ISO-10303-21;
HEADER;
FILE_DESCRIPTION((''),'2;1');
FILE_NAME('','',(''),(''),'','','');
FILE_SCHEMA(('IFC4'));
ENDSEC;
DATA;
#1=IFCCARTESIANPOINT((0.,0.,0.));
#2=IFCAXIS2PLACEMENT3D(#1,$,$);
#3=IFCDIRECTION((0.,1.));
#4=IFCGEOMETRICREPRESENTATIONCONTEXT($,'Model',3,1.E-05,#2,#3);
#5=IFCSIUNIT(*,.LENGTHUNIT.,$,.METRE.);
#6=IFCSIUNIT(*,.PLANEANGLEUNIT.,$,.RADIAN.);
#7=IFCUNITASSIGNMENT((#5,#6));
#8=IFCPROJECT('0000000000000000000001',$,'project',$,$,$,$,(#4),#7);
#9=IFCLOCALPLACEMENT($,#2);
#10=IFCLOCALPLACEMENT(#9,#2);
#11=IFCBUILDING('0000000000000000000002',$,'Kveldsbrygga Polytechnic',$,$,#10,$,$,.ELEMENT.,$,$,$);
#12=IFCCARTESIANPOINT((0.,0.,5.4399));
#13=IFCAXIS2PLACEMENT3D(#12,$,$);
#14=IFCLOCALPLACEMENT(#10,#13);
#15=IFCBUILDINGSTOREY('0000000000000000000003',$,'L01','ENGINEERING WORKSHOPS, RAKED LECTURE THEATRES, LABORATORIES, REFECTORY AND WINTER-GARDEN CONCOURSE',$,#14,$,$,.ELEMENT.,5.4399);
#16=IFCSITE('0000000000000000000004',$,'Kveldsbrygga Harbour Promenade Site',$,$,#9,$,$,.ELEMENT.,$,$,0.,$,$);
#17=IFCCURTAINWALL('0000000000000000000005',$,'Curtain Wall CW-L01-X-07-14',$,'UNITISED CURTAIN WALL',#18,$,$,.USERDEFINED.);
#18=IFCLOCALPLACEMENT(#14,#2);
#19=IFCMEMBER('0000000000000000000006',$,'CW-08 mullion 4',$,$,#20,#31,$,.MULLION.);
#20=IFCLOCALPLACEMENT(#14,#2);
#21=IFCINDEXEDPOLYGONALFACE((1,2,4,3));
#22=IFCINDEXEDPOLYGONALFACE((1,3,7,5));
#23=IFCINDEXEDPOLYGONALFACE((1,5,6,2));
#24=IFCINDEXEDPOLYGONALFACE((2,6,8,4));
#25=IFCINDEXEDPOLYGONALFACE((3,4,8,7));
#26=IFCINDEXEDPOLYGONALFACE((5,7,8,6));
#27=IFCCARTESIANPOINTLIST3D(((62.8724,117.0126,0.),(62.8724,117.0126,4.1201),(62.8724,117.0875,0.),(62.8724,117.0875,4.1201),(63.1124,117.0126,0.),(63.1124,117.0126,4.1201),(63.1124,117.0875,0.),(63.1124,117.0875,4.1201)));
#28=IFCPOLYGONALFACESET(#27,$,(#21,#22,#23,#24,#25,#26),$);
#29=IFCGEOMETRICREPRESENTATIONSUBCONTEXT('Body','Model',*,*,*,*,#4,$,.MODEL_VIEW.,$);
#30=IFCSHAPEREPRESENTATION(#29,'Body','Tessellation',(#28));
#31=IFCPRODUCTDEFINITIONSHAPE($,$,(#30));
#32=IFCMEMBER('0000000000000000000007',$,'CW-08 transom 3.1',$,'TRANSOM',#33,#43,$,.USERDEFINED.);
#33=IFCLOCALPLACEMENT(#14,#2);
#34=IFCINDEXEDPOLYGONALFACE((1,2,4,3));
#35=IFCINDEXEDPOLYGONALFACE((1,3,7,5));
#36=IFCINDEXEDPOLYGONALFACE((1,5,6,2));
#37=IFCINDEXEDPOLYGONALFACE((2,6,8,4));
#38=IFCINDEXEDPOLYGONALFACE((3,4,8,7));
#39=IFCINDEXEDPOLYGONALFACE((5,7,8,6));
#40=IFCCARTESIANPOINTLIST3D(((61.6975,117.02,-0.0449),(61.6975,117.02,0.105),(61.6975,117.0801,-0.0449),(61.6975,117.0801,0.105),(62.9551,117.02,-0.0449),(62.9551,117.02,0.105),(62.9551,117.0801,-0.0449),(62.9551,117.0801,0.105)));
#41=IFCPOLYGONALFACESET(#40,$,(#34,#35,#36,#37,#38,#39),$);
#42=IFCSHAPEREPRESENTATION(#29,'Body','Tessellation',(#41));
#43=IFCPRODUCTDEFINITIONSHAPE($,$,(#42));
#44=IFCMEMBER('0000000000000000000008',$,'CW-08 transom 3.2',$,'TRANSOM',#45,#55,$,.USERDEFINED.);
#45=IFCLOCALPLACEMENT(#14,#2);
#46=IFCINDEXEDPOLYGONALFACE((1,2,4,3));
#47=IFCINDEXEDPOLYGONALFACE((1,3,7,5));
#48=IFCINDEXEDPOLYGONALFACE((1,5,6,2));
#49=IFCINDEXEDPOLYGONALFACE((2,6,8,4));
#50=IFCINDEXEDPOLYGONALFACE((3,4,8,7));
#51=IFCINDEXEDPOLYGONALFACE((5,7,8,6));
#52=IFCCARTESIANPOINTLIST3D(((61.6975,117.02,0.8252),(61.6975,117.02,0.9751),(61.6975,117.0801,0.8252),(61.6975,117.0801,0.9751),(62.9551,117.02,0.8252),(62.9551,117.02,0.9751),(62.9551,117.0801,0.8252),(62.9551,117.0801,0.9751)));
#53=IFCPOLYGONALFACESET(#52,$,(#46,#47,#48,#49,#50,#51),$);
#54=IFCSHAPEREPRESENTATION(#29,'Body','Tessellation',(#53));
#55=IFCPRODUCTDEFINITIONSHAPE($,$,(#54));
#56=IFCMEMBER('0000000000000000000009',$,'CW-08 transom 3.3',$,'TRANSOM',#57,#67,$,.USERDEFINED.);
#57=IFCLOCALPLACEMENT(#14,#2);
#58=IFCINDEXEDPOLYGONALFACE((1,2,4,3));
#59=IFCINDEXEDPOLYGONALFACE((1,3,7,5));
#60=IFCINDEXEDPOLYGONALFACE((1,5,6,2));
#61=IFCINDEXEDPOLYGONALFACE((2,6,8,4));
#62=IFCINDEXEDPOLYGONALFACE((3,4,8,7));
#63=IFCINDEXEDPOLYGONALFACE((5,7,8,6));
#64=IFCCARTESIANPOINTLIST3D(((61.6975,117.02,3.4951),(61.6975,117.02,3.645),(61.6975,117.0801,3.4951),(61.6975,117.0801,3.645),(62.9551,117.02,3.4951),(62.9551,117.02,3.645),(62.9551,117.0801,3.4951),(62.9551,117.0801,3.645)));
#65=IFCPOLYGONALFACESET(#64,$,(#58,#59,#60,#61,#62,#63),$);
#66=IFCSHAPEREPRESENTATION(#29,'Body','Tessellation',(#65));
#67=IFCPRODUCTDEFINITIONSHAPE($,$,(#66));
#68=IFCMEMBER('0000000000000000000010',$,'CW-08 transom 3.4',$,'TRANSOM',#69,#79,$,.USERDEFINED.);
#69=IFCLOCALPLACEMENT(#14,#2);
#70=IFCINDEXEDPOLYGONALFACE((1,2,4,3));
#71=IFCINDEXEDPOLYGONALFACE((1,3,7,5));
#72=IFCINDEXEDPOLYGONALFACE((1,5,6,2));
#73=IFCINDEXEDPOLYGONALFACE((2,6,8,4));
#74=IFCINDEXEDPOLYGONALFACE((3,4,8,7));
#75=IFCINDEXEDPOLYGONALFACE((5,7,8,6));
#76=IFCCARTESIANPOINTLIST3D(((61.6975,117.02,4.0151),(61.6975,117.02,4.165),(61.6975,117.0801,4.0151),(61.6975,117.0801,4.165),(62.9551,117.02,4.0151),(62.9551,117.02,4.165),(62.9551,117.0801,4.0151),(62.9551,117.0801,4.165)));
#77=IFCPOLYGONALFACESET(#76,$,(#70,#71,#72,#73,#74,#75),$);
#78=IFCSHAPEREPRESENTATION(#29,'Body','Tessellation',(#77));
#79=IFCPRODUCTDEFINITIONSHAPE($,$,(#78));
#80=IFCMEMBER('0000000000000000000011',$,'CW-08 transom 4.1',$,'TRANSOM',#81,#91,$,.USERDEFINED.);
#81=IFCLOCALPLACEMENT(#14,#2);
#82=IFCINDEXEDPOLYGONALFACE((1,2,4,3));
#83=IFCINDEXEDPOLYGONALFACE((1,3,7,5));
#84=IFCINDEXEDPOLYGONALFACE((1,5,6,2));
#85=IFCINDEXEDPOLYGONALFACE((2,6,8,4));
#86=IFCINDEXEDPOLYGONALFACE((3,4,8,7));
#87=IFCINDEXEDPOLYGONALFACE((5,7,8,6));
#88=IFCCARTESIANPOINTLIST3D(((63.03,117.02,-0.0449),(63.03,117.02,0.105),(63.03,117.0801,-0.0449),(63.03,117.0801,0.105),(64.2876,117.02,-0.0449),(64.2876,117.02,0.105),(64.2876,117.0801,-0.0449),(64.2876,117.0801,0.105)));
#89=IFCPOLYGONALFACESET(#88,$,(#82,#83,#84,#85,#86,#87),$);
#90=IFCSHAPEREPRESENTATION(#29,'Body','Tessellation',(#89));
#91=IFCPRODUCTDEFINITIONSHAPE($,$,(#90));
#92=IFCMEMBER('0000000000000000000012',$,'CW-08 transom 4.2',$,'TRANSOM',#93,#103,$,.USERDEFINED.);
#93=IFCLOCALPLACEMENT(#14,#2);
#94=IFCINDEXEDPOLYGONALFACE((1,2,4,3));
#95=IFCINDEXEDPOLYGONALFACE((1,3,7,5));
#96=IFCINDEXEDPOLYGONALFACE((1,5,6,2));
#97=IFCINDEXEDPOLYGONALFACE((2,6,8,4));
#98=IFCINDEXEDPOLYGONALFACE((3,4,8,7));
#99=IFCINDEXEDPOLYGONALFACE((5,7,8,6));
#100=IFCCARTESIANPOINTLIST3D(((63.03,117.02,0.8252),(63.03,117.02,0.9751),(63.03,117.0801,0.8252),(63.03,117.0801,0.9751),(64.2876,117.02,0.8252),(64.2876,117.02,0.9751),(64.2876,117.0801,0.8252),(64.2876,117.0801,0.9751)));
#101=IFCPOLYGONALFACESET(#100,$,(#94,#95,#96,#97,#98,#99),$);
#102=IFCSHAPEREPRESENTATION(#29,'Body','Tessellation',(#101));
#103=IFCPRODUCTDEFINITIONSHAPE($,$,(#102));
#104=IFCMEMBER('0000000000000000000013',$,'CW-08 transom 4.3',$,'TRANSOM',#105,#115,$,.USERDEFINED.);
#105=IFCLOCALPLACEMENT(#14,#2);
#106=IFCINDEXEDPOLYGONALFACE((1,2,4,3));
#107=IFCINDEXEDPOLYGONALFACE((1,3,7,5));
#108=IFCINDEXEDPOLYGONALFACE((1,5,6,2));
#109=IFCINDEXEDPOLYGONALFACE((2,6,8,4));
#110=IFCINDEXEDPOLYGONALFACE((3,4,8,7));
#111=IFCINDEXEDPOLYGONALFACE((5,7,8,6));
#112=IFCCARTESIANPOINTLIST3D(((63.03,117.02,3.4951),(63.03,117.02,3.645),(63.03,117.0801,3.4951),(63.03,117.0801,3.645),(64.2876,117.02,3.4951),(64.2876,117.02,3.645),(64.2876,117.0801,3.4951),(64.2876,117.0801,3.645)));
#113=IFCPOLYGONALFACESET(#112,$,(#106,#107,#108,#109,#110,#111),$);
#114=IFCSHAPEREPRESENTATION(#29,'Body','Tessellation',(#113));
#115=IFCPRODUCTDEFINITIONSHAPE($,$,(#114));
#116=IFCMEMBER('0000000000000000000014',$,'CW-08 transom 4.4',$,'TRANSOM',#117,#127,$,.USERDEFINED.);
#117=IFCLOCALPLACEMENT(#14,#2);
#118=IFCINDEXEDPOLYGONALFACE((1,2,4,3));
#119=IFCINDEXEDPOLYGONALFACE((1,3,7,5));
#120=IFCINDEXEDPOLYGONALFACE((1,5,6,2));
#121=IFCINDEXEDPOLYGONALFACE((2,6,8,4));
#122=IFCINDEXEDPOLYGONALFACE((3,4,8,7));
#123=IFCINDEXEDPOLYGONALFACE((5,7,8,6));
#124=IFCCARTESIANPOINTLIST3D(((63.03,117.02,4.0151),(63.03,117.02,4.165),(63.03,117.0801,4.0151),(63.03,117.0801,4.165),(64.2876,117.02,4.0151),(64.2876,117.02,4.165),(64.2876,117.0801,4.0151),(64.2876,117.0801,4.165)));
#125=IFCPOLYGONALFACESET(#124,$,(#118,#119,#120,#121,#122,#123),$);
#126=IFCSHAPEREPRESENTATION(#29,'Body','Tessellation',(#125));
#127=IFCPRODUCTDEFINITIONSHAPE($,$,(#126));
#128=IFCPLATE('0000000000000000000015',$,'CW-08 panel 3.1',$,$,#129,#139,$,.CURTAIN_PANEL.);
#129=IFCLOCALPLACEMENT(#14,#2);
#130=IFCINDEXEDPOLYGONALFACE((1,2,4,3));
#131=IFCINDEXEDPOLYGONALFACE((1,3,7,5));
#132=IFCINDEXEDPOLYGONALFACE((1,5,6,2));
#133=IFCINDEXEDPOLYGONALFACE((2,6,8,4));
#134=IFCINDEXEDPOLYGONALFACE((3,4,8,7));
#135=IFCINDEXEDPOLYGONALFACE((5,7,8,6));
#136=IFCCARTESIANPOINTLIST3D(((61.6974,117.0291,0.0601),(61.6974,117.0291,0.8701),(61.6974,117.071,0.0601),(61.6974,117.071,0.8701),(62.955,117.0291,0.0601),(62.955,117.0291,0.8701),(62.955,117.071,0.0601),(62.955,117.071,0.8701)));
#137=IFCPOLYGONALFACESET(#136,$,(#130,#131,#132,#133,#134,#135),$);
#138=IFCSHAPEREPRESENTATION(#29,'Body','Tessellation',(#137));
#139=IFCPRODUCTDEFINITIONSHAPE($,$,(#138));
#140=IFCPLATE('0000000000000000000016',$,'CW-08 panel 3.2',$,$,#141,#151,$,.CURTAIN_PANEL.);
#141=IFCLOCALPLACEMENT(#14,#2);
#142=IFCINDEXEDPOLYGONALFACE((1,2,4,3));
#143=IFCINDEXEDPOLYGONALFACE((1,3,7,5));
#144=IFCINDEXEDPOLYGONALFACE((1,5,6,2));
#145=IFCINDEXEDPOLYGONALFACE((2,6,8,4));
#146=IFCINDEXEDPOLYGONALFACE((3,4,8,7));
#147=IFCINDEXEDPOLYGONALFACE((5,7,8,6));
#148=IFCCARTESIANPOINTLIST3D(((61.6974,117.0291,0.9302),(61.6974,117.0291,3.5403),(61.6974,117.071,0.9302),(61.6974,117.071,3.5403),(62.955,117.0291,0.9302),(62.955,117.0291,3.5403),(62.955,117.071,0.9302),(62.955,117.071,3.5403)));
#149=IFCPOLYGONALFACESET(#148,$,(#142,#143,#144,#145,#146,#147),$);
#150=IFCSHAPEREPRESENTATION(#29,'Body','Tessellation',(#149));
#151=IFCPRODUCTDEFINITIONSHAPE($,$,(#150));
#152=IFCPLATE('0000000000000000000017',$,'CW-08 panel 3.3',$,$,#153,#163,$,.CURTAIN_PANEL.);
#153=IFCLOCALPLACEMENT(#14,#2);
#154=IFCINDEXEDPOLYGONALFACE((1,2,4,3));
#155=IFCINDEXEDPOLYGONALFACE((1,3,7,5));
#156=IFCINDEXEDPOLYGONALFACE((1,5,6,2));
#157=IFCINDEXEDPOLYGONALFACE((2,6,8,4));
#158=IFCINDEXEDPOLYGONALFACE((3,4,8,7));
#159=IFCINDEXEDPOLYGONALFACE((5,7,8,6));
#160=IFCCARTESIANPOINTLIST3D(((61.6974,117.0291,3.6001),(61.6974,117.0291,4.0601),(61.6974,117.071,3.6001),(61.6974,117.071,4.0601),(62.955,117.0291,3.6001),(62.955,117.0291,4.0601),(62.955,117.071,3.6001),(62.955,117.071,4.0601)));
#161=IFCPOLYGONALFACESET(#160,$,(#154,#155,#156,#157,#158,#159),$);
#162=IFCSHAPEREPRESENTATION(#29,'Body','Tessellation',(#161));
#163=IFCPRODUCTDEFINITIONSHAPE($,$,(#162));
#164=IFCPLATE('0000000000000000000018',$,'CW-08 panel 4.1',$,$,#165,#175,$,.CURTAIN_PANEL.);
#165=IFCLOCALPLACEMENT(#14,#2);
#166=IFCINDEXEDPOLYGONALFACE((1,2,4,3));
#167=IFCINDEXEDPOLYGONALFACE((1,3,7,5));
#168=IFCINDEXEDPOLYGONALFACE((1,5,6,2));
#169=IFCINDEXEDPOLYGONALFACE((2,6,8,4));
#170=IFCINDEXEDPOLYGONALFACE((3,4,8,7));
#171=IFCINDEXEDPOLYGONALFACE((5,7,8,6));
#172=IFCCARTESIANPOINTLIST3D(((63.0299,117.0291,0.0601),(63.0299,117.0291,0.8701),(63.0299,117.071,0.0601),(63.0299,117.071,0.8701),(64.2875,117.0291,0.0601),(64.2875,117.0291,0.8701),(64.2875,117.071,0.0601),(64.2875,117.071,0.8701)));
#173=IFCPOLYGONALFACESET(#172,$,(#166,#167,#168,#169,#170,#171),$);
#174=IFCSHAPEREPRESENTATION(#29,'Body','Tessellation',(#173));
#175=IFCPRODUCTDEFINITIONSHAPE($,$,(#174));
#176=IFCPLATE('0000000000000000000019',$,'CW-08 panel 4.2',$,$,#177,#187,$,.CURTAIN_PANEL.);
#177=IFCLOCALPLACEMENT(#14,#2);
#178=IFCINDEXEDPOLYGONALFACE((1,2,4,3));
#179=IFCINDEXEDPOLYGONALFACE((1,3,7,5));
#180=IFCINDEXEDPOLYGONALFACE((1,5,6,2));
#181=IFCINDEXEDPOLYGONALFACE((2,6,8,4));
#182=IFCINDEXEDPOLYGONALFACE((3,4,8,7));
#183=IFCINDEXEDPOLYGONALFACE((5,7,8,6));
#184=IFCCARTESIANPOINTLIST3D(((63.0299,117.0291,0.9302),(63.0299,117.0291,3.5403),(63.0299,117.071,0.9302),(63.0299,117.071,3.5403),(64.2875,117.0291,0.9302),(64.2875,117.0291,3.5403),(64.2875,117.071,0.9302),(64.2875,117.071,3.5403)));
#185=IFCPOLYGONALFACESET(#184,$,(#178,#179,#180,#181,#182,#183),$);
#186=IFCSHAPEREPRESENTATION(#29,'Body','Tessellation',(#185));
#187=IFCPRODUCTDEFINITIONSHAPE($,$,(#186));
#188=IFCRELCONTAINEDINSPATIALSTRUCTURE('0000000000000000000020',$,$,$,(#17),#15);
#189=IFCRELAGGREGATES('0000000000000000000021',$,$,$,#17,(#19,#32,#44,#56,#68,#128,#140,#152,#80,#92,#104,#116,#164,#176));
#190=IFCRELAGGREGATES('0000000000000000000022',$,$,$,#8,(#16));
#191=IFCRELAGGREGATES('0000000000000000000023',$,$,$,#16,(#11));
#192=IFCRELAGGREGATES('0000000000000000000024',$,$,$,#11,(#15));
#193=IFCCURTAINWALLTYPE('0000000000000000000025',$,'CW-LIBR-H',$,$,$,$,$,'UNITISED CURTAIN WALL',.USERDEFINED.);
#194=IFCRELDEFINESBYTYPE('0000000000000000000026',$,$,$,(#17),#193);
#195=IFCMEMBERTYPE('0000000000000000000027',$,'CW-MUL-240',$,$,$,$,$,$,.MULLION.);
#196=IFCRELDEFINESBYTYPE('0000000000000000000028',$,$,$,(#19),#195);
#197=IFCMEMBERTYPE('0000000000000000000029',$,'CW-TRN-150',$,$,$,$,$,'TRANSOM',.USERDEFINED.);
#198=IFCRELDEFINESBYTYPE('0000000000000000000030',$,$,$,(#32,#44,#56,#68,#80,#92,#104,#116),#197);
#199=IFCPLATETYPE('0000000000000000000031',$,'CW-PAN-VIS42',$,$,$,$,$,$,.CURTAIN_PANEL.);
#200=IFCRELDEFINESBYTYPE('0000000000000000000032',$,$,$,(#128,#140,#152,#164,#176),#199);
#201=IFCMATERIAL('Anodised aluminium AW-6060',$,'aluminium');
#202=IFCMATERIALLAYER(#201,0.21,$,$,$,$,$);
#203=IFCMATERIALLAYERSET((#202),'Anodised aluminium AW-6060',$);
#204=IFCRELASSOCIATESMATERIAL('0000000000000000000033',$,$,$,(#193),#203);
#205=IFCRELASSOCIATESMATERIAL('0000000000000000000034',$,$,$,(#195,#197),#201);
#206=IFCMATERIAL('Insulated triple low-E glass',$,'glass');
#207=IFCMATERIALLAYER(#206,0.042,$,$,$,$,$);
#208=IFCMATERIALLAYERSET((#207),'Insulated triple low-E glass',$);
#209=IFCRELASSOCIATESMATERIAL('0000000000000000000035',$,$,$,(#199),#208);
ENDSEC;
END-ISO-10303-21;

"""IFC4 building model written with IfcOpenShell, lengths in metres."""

from ifc_helpers import new_model, si_unit, direction, frame, origin, origin_2d, place, context, subcontext, project, spatial, rectangle, extrude, material, layer, layer_set, material_profile, profile_set, type_object, element, aggregate, save


model = new_model("IFC4")

# Units and contexts
model_context = context("Model", 3, precision=1e-05, world=origin(), true_north=direction((0.0, 1.0)))
body_context = subcontext(model_context, "Body", "Model", "MODEL_VIEW")
ifc_project = project(units=[si_unit("LENGTHUNIT", "METRE"), si_unit("PLANEANGLEUNIT", "RADIAN")], contexts=[model_context])

# Site, building, storey
site_placement = place(None, origin())
site = spatial("IfcSite", under=ifc_project, at=site_placement, Name="Kveldsbrygga Harbour Promenade Site", CompositionType="ELEMENT", RefElevation=0.0)
building_placement = place(site_placement, origin())
building = spatial("IfcBuilding", under=site, at=building_placement, Name="Kveldsbrygga Polytechnic", CompositionType="ELEMENT")
storey_placement = place(building_placement, frame((0.0, 0.0, 5.4399)))
storey = spatial("IfcBuildingStorey", under=building, at=storey_placement, Name="L01", Description="ENGINEERING WORKSHOPS, RAKED LECTURE THEATRES, LABORATORIES, REFECTORY AND WINTER-GARDEN CONCOURSE", CompositionType="ELEMENT", Elevation=5.4399)

# Curtain wall, members, plates
ifc_material_1 = material(Name="Anodised aluminium AW-6060", Category="aluminium")
ifc_layer_1 = layer(ifc_material_1, 0.21)
ifc_layer_set_1 = layer_set([ifc_layer_1], Name="Anodised aluminium AW-6060")
curtain_wall_type = type_object("IfcCurtainWallType", Name="CW-LIBR-H", ElementType="UNITISED CURTAIN WALL", PredefinedType="USERDEFINED", material=ifc_layer_set_1)
curtain_wall_placement = place(storey_placement, origin())
curtain_wall = element("IfcCurtainWall", 1, at=curtain_wall_placement, inside=storey, type_object=curtain_wall_type, Name="Curtain Wall CW-L01-X-07-14", ObjectType="UNITISED CURTAIN WALL", PredefinedType="USERDEFINED")
ifc_material_profile_1 = material_profile(ifc_material_1, rectangle(XDim=0.075, YDim=0.24, at=origin_2d()), Name="ALU 75x240")
ifc_profile_set_1 = profile_set([ifc_material_profile_1], Name="Anodised aluminium AW-6060")
member_type_1 = type_object("IfcMemberType", Name="CW-MUL-240", PredefinedType="MULLION", material=ifc_profile_set_1)
member_1_placement = place(storey_placement, frame((62.9924, 117.05, 0.0), z_axis=(0.0, 0.0, 1.0), x_axis=(0.0, 1.0, 0.0)))
member_1 = element("IfcMember", 2, at=member_1_placement, type_object=member_type_1, Name="CW-08 mullion 4", PredefinedType="MULLION", context=body_context, shape_type="SweptSolid", body=[
    extrude(rectangle(XDim=0.075, YDim=0.24, at=origin_2d()), origin(), (0.0, 0.0, 1.0), 4.1201),
])
ifc_material_profile_2 = material_profile(ifc_material_1, rectangle(XDim=0.0601, YDim=0.1499, at=origin_2d()), Name="ALU 60x150")
ifc_profile_set_2 = profile_set([ifc_material_profile_2], Name="Anodised aluminium AW-6060")
member_type_2 = type_object("IfcMemberType", Name="CW-TRN-150", ElementType="TRANSOM", PredefinedType="USERDEFINED", material=ifc_profile_set_2)
member_2_placement = place(storey_placement, frame((61.6975, 117.05, 0.03), z_axis=(1.0, 0.0, 0.0), x_axis=(0.0, 1.0, 0.0)))
member_2 = element("IfcMember", 3, at=member_2_placement, type_object=member_type_2, Name="CW-08 transom 3.1", ObjectType="TRANSOM", PredefinedType="USERDEFINED", context=body_context, shape_type="SweptSolid", body=[
    extrude(rectangle(XDim=0.0601, YDim=0.1499, at=origin_2d()), origin(), (0.0, 0.0, 1.0), 1.2576),
])
member_3_placement = place(storey_placement, frame((61.6975, 117.05, 0.9001), z_axis=(1.0, 0.0, 0.0), x_axis=(0.0, 1.0, 0.0)))
member_3 = element("IfcMember", 4, at=member_3_placement, type_object=member_type_2, Name="CW-08 transom 3.2", ObjectType="TRANSOM", PredefinedType="USERDEFINED", context=body_context, shape_type="SweptSolid", body=[
    extrude(rectangle(XDim=0.0601, YDim=0.1499, at=origin_2d()), origin(), (0.0, 0.0, 1.0), 1.2576),
])
member_4_placement = place(storey_placement, frame((61.6975, 117.05, 3.5701), z_axis=(1.0, 0.0, 0.0), x_axis=(0.0, 1.0, 0.0)))
member_4 = element("IfcMember", 5, at=member_4_placement, type_object=member_type_2, Name="CW-08 transom 3.3", ObjectType="TRANSOM", PredefinedType="USERDEFINED", context=body_context, shape_type="SweptSolid", body=[
    extrude(rectangle(XDim=0.0601, YDim=0.1499, at=origin_2d()), origin(), (0.0, 0.0, 1.0), 1.2576),
])
member_5_placement = place(storey_placement, frame((61.6975, 117.05, 4.0901), z_axis=(1.0, 0.0, 0.0), x_axis=(0.0, 1.0, 0.0)))
member_5 = element("IfcMember", 6, at=member_5_placement, type_object=member_type_2, Name="CW-08 transom 3.4", ObjectType="TRANSOM", PredefinedType="USERDEFINED", context=body_context, shape_type="SweptSolid", body=[
    extrude(rectangle(XDim=0.0601, YDim=0.1499, at=origin_2d()), origin(), (0.0, 0.0, 1.0), 1.2576),
])
member_6_placement = place(storey_placement, frame((63.03, 117.05, 0.03), z_axis=(1.0, 0.0, 0.0), x_axis=(0.0, 1.0, 0.0)))
member_6 = element("IfcMember", 7, at=member_6_placement, type_object=member_type_2, Name="CW-08 transom 4.1", ObjectType="TRANSOM", PredefinedType="USERDEFINED", context=body_context, shape_type="SweptSolid", body=[
    extrude(rectangle(XDim=0.0601, YDim=0.1499, at=origin_2d()), origin(), (0.0, 0.0, 1.0), 1.2576),
])
member_7_placement = place(storey_placement, frame((63.03, 117.05, 0.9001), z_axis=(1.0, 0.0, 0.0), x_axis=(0.0, 1.0, 0.0)))
member_7 = element("IfcMember", 8, at=member_7_placement, type_object=member_type_2, Name="CW-08 transom 4.2", ObjectType="TRANSOM", PredefinedType="USERDEFINED", context=body_context, shape_type="SweptSolid", body=[
    extrude(rectangle(XDim=0.0601, YDim=0.1499, at=origin_2d()), origin(), (0.0, 0.0, 1.0), 1.2576),
])
member_8_placement = place(storey_placement, frame((63.03, 117.05, 3.5701), z_axis=(1.0, 0.0, 0.0), x_axis=(0.0, 1.0, 0.0)))
member_8 = element("IfcMember", 9, at=member_8_placement, type_object=member_type_2, Name="CW-08 transom 4.3", ObjectType="TRANSOM", PredefinedType="USERDEFINED", context=body_context, shape_type="SweptSolid", body=[
    extrude(rectangle(XDim=0.0601, YDim=0.1499, at=origin_2d()), origin(), (0.0, 0.0, 1.0), 1.2576),
])
member_9_placement = place(storey_placement, frame((63.03, 117.05, 4.0901), z_axis=(1.0, 0.0, 0.0), x_axis=(0.0, 1.0, 0.0)))
member_9 = element("IfcMember", 10, at=member_9_placement, type_object=member_type_2, Name="CW-08 transom 4.4", ObjectType="TRANSOM", PredefinedType="USERDEFINED", context=body_context, shape_type="SweptSolid", body=[
    extrude(rectangle(XDim=0.0601, YDim=0.1499, at=origin_2d()), origin(), (0.0, 0.0, 1.0), 1.2576),
])
ifc_material_2 = material(Name="Insulated triple low-E glass", Category="glass")
ifc_layer_2 = layer(ifc_material_2, 0.042)
ifc_layer_set_2 = layer_set([ifc_layer_2], Name="Insulated triple low-E glass")
plate_type = type_object("IfcPlateType", Name="CW-PAN-VIS42", PredefinedType="CURTAIN_PANEL", material=ifc_layer_set_2)
plate_1_placement = place(storey_placement, frame((62.3262, 117.05, 0.0601), z_axis=(0.0, 0.0, 1.0), x_axis=(1.0, 0.0, 0.0)))
plate_1 = element("IfcPlate", 11, at=plate_1_placement, type_object=plate_type, Name="CW-08 panel 3.1", PredefinedType="CURTAIN_PANEL", context=body_context, shape_type="SweptSolid", body=[
    extrude(rectangle(XDim=1.2576, YDim=0.042, at=origin_2d()), origin(), (0.0, 0.0, 1.0), 0.8101),
])
plate_2_placement = place(storey_placement, frame((62.3262, 117.05, 0.9302), z_axis=(0.0, 0.0, 1.0), x_axis=(1.0, 0.0, 0.0)))
plate_2 = element("IfcPlate", 12, at=plate_2_placement, type_object=plate_type, Name="CW-08 panel 3.2", PredefinedType="CURTAIN_PANEL", context=body_context, shape_type="SweptSolid", body=[
    extrude(rectangle(XDim=1.2576, YDim=0.042, at=origin_2d()), origin(), (0.0, 0.0, 1.0), 2.6101),
])
plate_3_placement = place(storey_placement, frame((62.3262, 117.05, 3.6001), z_axis=(0.0, 0.0, 1.0), x_axis=(1.0, 0.0, 0.0)))
plate_3 = element("IfcPlate", 13, at=plate_3_placement, type_object=plate_type, Name="CW-08 panel 3.3", PredefinedType="CURTAIN_PANEL", context=body_context, shape_type="SweptSolid", body=[
    extrude(rectangle(XDim=1.2576, YDim=0.042, at=origin_2d()), origin(), (0.0, 0.0, 1.0), 0.46),
])
plate_4_placement = place(storey_placement, frame((63.6587, 117.05, 0.0601), z_axis=(0.0, 0.0, 1.0), x_axis=(1.0, 0.0, 0.0)))
plate_4 = element("IfcPlate", 14, at=plate_4_placement, type_object=plate_type, Name="CW-08 panel 4.1", PredefinedType="CURTAIN_PANEL", context=body_context, shape_type="SweptSolid", body=[
    extrude(rectangle(XDim=1.2576, YDim=0.042, at=origin_2d()), origin(), (0.0, 0.0, 1.0), 0.8101),
])
plate_5_placement = place(storey_placement, frame((63.6587, 117.05, 0.9302), z_axis=(0.0, 0.0, 1.0), x_axis=(1.0, 0.0, 0.0)))
plate_5 = element("IfcPlate", 15, at=plate_5_placement, type_object=plate_type, Name="CW-08 panel 4.2", PredefinedType="CURTAIN_PANEL", context=body_context, shape_type="SweptSolid", body=[
    extrude(rectangle(XDim=1.2576, YDim=0.042, at=origin_2d()), origin(), (0.0, 0.0, 1.0), 2.6101),
])
aggregate(curtain_wall, [member_1, member_2, member_3, member_4, member_5, plate_1, plate_2, plate_3, member_6, member_7, member_8, member_9, plate_4, plate_5])

save(model, "model.ifc")
